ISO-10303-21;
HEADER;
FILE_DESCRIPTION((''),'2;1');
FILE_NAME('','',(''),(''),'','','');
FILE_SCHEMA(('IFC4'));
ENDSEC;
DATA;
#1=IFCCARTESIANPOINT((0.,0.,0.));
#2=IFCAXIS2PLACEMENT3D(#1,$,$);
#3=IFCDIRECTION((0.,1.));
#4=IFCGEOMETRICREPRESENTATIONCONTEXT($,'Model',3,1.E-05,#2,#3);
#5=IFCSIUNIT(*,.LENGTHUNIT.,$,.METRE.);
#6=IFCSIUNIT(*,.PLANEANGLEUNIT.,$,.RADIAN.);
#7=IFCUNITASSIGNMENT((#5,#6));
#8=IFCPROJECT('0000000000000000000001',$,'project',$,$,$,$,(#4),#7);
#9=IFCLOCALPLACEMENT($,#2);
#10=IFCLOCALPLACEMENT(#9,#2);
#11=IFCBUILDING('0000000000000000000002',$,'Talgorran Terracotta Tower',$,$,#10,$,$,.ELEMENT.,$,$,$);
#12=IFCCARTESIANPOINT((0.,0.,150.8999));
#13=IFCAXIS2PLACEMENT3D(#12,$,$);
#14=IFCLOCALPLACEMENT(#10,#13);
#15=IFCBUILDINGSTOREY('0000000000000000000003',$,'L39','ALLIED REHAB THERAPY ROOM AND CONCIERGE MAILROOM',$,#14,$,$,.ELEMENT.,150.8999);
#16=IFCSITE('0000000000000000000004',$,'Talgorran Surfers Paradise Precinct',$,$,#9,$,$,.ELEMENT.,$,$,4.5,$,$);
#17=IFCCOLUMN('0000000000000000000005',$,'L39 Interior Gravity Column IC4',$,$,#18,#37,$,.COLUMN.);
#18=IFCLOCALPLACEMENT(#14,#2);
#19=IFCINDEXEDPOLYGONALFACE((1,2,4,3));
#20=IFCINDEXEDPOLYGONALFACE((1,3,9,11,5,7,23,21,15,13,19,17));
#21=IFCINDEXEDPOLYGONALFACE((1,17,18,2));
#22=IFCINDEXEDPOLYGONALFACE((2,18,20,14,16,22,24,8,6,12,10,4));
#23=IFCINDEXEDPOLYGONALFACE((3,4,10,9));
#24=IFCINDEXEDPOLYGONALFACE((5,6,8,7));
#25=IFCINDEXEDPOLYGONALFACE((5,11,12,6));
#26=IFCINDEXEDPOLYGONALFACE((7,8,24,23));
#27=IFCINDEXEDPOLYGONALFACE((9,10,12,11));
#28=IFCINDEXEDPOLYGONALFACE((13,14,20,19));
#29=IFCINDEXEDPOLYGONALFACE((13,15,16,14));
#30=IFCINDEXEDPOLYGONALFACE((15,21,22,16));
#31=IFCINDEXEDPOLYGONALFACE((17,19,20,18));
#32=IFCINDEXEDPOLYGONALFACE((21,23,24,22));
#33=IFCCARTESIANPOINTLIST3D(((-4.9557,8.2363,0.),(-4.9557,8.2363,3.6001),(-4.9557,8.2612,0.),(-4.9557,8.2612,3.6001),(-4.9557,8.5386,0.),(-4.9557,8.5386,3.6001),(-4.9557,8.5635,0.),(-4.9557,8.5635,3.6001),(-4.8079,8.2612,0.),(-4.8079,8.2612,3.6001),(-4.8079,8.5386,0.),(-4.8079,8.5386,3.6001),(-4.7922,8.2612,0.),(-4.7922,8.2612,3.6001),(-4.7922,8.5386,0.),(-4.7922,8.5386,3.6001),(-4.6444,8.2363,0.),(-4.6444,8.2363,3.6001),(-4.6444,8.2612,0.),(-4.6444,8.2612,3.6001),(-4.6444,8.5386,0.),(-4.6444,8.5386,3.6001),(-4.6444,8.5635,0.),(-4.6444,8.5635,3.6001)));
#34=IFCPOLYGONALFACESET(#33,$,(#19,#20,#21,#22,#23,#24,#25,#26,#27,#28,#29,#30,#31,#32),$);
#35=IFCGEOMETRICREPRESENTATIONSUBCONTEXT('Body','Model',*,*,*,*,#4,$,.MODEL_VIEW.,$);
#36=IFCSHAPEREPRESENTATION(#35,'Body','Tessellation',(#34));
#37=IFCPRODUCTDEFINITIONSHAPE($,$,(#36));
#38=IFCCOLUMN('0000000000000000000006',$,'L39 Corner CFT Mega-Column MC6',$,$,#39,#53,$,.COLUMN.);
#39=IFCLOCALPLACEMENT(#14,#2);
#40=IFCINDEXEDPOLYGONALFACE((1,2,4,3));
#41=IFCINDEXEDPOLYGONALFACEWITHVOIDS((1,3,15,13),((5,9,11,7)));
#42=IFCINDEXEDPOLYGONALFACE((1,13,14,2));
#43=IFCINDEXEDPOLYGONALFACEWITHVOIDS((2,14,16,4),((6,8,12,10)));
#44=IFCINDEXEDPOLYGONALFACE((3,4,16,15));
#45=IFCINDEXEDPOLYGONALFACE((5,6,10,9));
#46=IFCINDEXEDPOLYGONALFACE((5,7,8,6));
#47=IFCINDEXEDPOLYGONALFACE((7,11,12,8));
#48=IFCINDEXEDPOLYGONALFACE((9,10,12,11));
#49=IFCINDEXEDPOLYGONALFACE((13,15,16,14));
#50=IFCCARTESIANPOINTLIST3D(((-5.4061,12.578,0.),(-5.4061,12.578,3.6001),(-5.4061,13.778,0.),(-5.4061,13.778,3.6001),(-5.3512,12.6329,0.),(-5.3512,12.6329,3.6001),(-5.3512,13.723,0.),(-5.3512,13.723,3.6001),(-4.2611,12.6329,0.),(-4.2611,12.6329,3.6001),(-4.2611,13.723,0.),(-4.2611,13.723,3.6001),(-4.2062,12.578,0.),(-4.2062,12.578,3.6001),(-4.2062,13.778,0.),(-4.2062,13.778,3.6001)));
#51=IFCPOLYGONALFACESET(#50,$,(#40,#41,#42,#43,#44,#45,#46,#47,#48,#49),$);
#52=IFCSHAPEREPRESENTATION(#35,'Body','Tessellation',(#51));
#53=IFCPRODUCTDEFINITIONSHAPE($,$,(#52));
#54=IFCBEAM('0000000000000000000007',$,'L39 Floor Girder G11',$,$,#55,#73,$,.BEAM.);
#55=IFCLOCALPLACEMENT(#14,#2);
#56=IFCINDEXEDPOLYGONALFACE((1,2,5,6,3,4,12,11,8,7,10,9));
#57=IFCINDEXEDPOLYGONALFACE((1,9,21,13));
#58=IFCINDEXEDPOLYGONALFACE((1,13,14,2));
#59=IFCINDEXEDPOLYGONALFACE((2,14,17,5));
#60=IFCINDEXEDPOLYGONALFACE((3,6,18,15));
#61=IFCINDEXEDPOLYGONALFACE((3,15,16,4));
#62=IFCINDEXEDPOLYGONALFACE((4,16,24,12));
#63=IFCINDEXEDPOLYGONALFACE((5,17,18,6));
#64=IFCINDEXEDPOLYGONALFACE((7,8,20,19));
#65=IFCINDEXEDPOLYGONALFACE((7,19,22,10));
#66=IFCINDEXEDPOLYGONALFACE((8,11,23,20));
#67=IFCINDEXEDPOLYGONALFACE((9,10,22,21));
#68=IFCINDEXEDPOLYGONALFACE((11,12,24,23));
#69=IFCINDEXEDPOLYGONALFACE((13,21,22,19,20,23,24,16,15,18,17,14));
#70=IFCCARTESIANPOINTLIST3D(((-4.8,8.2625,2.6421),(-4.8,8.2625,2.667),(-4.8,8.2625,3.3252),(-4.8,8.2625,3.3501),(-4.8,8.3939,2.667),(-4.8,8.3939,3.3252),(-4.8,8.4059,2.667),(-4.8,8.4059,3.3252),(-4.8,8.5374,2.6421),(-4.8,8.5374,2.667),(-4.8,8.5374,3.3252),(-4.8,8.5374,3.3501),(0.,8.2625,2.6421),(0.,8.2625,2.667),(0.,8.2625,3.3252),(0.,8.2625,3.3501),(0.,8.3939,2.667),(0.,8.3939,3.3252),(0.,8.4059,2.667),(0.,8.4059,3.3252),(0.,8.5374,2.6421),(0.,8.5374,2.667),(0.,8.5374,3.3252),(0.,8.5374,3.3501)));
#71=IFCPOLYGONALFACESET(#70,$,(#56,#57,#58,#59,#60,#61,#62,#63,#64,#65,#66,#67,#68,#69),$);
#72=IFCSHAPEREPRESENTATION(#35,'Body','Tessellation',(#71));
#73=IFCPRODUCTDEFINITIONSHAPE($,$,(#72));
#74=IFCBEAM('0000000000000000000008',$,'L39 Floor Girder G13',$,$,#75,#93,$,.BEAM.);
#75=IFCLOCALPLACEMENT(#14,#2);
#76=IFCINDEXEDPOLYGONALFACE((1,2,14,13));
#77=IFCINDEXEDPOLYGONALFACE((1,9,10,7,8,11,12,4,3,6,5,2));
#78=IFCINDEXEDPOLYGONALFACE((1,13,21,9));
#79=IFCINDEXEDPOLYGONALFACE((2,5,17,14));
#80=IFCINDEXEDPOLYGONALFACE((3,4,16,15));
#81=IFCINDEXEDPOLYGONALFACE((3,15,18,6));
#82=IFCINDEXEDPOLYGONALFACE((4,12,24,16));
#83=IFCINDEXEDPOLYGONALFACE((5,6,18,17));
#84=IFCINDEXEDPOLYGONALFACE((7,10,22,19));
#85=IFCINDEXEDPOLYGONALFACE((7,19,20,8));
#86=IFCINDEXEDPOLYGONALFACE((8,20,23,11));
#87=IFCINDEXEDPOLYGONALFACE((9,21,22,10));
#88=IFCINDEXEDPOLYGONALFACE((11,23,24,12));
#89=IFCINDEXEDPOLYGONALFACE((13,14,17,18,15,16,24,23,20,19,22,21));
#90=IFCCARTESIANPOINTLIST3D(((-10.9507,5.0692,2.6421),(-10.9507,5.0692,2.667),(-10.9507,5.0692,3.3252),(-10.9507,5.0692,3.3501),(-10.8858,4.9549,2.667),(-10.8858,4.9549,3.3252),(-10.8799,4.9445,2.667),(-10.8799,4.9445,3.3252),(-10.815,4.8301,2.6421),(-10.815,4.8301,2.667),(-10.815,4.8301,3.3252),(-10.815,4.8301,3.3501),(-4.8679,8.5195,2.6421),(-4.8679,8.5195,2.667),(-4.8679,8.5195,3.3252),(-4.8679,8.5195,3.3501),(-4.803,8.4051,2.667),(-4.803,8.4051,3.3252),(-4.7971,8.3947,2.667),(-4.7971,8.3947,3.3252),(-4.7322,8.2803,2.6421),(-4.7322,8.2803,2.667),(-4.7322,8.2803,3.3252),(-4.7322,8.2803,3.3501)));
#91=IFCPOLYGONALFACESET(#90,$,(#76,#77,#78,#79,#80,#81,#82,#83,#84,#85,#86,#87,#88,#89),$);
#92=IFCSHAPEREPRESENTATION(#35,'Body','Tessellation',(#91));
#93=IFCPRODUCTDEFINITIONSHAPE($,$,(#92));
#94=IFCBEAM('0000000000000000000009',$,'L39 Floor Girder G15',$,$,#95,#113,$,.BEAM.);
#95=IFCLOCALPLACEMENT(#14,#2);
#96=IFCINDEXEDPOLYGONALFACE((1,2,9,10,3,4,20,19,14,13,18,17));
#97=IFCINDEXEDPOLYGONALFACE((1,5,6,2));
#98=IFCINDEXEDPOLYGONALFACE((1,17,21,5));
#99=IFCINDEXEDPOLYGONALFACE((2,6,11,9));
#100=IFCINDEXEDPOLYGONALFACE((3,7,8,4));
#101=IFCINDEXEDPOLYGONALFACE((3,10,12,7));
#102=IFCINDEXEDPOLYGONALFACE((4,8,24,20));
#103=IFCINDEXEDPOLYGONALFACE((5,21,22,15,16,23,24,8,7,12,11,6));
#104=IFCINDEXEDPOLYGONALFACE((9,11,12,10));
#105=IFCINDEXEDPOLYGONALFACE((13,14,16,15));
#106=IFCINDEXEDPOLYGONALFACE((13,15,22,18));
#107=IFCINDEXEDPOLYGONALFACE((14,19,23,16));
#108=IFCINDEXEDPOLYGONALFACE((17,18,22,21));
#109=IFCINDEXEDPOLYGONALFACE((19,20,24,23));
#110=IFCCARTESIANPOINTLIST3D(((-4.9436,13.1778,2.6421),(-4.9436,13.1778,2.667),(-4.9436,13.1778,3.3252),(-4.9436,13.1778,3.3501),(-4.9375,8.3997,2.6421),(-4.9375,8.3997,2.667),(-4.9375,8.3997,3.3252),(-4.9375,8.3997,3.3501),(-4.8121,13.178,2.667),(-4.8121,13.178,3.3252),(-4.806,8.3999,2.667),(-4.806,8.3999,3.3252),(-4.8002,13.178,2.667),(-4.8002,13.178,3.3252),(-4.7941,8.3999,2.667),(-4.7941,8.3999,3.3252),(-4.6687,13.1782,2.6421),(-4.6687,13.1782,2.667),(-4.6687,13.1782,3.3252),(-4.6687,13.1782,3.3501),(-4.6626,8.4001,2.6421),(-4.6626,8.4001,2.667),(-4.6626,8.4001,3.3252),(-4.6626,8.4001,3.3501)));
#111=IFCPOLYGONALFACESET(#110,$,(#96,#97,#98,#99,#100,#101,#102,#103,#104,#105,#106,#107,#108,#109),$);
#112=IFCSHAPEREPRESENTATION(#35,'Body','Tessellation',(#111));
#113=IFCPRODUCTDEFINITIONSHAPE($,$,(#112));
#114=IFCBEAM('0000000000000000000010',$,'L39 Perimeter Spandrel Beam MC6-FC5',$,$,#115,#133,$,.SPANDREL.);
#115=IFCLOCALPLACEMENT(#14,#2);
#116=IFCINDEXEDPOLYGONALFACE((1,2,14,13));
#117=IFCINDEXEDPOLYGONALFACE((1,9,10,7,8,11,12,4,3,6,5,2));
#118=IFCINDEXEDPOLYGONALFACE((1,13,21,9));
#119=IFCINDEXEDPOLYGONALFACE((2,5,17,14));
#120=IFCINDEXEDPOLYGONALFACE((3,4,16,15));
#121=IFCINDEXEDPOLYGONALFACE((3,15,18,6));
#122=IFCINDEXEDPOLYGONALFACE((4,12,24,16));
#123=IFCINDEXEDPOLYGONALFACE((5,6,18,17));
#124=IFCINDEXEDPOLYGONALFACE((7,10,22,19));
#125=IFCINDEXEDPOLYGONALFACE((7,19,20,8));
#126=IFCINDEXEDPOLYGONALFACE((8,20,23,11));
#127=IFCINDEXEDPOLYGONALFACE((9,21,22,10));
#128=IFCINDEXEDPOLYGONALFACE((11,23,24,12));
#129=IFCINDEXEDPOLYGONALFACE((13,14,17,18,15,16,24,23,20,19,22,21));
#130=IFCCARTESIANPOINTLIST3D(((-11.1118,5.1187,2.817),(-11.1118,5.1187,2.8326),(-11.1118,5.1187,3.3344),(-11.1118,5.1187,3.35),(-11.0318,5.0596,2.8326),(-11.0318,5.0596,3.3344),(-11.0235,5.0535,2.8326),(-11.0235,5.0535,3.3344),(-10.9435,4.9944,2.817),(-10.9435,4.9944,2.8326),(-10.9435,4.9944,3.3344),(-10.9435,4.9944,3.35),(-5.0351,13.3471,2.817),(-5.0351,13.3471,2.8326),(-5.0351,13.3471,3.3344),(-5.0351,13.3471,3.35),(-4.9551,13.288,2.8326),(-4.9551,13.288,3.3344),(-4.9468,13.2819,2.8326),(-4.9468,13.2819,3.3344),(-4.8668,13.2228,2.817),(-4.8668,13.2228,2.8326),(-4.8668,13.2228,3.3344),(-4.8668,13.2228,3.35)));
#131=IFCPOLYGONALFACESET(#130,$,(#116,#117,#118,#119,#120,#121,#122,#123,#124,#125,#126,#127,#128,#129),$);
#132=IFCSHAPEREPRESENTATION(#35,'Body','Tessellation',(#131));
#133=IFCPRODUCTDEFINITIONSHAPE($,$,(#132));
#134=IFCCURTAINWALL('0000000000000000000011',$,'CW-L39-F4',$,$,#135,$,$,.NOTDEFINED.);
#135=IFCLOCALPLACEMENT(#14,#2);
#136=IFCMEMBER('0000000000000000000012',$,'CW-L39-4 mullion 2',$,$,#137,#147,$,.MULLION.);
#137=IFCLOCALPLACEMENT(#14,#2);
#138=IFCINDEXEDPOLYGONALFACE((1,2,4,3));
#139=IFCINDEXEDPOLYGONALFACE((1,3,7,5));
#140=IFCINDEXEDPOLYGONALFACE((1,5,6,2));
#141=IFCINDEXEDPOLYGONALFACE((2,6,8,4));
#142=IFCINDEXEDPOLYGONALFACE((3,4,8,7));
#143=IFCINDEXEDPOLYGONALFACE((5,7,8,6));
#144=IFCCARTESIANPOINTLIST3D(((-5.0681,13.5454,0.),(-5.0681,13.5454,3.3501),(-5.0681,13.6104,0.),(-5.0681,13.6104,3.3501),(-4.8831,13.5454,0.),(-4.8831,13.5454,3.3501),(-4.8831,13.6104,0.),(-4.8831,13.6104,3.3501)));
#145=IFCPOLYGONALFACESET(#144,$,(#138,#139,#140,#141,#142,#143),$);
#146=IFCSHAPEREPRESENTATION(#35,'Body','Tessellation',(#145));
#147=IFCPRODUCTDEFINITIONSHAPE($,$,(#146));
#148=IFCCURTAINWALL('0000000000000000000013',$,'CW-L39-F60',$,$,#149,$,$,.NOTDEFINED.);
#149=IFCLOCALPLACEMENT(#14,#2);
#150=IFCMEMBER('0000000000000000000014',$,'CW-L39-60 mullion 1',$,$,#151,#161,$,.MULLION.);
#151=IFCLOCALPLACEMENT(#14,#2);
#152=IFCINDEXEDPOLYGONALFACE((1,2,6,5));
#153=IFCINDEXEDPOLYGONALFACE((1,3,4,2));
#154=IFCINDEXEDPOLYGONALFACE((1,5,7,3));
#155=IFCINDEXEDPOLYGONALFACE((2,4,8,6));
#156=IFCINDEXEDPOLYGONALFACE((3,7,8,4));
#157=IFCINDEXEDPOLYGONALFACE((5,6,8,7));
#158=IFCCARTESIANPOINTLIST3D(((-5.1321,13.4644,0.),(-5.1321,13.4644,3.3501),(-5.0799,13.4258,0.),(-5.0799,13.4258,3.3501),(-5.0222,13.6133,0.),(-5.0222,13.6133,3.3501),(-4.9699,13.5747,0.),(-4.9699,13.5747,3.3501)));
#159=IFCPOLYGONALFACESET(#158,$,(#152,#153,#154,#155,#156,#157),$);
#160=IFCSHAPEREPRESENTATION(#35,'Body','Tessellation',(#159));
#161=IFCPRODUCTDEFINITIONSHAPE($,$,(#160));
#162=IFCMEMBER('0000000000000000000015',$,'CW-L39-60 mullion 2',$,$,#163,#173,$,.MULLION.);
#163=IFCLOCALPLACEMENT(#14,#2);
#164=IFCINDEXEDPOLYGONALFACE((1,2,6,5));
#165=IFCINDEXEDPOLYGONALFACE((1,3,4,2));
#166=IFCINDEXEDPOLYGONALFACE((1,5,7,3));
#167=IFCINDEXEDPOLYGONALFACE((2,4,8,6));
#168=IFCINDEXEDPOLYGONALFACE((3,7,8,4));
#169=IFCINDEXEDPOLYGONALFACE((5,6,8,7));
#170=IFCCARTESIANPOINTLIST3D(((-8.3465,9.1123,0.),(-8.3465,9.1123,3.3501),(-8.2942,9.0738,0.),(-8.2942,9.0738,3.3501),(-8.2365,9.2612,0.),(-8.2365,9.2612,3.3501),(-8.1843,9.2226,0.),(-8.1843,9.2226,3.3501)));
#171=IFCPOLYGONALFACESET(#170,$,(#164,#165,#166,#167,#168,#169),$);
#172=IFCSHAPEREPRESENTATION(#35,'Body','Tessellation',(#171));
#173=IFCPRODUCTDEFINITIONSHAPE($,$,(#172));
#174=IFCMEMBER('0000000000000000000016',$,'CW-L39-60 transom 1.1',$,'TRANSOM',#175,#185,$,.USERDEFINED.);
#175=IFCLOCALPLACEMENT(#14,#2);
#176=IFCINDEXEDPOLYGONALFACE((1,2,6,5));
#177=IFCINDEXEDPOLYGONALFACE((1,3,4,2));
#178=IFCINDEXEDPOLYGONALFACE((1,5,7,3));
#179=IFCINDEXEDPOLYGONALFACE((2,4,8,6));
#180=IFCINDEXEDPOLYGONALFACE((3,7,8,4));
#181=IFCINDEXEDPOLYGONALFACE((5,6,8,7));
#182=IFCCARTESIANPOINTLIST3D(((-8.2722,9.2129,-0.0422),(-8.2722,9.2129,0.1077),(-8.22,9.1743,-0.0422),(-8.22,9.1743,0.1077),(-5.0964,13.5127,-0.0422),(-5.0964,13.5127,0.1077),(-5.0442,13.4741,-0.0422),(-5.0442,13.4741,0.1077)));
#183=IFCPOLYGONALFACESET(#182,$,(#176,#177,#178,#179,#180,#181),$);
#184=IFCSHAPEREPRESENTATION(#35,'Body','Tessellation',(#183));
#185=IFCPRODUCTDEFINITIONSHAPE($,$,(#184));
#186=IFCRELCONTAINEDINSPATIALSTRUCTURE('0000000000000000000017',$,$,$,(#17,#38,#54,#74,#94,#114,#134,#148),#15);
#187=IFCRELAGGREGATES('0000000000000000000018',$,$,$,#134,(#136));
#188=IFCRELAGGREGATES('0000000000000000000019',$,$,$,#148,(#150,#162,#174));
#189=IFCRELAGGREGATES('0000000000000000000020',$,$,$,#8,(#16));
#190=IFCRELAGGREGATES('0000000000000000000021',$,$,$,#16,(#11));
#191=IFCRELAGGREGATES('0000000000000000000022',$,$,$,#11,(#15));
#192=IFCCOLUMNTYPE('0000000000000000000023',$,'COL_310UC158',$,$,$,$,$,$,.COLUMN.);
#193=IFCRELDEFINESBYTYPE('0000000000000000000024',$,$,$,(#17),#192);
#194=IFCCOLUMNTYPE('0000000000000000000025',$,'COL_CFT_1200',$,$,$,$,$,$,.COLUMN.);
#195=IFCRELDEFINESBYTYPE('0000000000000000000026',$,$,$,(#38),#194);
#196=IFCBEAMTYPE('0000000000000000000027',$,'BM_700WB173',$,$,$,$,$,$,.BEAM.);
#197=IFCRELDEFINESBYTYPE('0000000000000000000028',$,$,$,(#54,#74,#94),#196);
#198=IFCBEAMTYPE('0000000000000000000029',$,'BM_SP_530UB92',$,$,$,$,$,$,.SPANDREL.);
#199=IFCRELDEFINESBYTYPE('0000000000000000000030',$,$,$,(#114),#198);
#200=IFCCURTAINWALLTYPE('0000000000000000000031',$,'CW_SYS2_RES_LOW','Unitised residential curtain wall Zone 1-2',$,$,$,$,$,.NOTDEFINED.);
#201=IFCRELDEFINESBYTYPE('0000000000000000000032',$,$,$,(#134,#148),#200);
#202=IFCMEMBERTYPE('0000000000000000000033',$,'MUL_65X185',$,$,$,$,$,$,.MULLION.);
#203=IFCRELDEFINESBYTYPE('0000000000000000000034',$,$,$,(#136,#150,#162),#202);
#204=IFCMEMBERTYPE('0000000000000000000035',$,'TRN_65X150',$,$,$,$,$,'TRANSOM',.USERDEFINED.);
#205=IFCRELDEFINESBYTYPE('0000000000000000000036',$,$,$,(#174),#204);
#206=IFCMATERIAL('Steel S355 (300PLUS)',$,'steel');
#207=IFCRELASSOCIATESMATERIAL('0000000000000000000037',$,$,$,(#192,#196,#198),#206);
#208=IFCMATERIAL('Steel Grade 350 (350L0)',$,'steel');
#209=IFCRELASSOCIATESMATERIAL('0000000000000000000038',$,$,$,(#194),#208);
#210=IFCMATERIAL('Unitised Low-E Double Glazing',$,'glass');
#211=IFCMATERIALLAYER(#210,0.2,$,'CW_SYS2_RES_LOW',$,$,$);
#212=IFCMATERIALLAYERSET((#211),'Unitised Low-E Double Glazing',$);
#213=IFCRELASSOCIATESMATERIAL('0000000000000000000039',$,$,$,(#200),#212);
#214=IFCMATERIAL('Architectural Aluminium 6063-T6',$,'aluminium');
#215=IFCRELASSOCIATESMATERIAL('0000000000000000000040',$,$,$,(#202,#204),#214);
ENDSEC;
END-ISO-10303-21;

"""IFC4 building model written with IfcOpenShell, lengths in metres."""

from ifc_helpers import new_model, si_unit, direction, frame, origin, origin_2d, place, context, subcontext, project, spatial, rectangle, hollow_rectangle, i_section, extrude, material, layer, layer_set, material_profile, profile_set, type_object, element, aggregate, save


model = new_model("IFC4")

# Units and contexts
model_context = context("Model", 3, precision=1e-05, world=origin(), true_north=direction((0.0, 1.0)))
body_context = subcontext(model_context, "Body", "Model", "MODEL_VIEW")
ifc_project = project(units=[si_unit("LENGTHUNIT", "METRE"), si_unit("PLANEANGLEUNIT", "RADIAN")], contexts=[model_context])

# Site, building, storey
site_placement = place(None, origin())
site = spatial("IfcSite", under=ifc_project, at=site_placement, Name="Talgorran Surfers Paradise Precinct", CompositionType="ELEMENT", RefElevation=4.5)
building_placement = place(site_placement, origin())
building = spatial("IfcBuilding", under=site, at=building_placement, Name="Talgorran Terracotta Tower", CompositionType="ELEMENT")
storey_placement = place(building_placement, frame((0.0, 0.0, 150.8999)))
storey = spatial("IfcBuildingStorey", under=building, at=storey_placement, Name="L39", Description="ALLIED REHAB THERAPY ROOM AND CONCIERGE MAILROOM", CompositionType="ELEMENT", Elevation=150.8999)

# Columns
ifc_material_1 = material(Name="Steel S355 (300PLUS)", Category="steel")
ifc_material_profile_1 = material_profile(ifc_material_1, i_section(OverallWidth=0.3113, OverallDepth=0.3271, WebThickness=0.0156, FlangeThickness=0.0249, at=origin_2d()), Name="310UC158")
ifc_profile_set_1 = profile_set([ifc_material_profile_1], Name="Steel S355 (300PLUS)")
column_type_1 = type_object("IfcColumnType", Name="COL_310UC158", PredefinedType="COLUMN", material=ifc_profile_set_1)
column_1_placement = place(storey_placement, frame((-4.8, 8.3999, 0.0), z_axis=(0.0, 0.0, 1.0), x_axis=(1.0, 0.0, 0.0)))
element("IfcColumn", 1, at=column_1_placement, inside=storey, type_object=column_type_1, Name="L39 Interior Gravity Column IC4", PredefinedType="COLUMN", context=body_context, shape_type="SweptSolid", body=[
    extrude(i_section(OverallWidth=0.3113, OverallDepth=0.3271, WebThickness=0.0156, FlangeThickness=0.0249, at=origin_2d()), origin(), (0.0, 0.0, 1.0), 3.6001),
])
ifc_material_2 = material(Name="Steel Grade 350 (350L0)", Category="steel")
ifc_material_profile_2 = material_profile(ifc_material_2, hollow_rectangle(XDim=1.2, YDim=1.2, WallThickness=0.0549, at=origin_2d()), Name="CFT1200X1200X55")
ifc_profile_set_2 = profile_set([ifc_material_profile_2], Name="Steel Grade 350 (350L0)")
column_type_2 = type_object("IfcColumnType", Name="COL_CFT_1200", PredefinedType="COLUMN", material=ifc_profile_set_2)
column_2_placement = place(storey_placement, frame((-4.8062, 13.178, 0.0), z_axis=(0.0, 0.0, 1.0), x_axis=(1.0, 0.0, 0.0)))
element("IfcColumn", 2, at=column_2_placement, inside=storey, type_object=column_type_2, Name="L39 Corner CFT Mega-Column MC6", PredefinedType="COLUMN", context=body_context, shape_type="SweptSolid", body=[
    extrude(hollow_rectangle(XDim=1.2, YDim=1.2, WallThickness=0.0549, at=origin_2d()), origin(), (0.0, 0.0, 1.0), 3.6001),
])

# Beams
ifc_material_profile_3 = material_profile(ifc_material_1, i_section(OverallWidth=0.2749, OverallDepth=0.708, WebThickness=0.012, FlangeThickness=0.0249, at=origin_2d()), Name="700WB173")
ifc_profile_set_3 = profile_set([ifc_material_profile_3], Name="Steel S355 (300PLUS)")
beam_type_1 = type_object("IfcBeamType", Name="BM_700WB173", PredefinedType="BEAM", material=ifc_profile_set_3)
beam_1_placement = place(storey_placement, frame((-4.8, 8.3999, 2.9961), z_axis=(1.0, 0.0, 0.0), x_axis=(0.0, 1.0, 0.0)))
element("IfcBeam", 3, at=beam_1_placement, inside=storey, type_object=beam_type_1, Name="L39 Floor Girder G11", PredefinedType="BEAM", context=body_context, shape_type="SweptSolid", body=[
    extrude(i_section(OverallWidth=0.2749, OverallDepth=0.708, WebThickness=0.012, FlangeThickness=0.0249, at=origin_2d()), origin(), (0.0, 0.0, 1.0), 4.8),
])
beam_2_placement = place(storey_placement, frame((-4.8, 8.3999, 2.9961), z_axis=(-0.86982, -0.493369, 0.0), x_axis=(0.493369, -0.86982, 0.0)))
element("IfcBeam", 4, at=beam_2_placement, inside=storey, type_object=beam_type_1, Name="L39 Floor Girder G13", PredefinedType="BEAM", context=body_context, shape_type="SweptSolid", body=[
    extrude(i_section(OverallWidth=0.2749, OverallDepth=0.708, WebThickness=0.012, FlangeThickness=0.0249, at=origin_2d()), origin(), (0.0, 0.0, 1.0), 6.9932),
])
beam_3_placement = place(storey_placement, frame((-4.8, 8.3999, 2.9961), z_axis=(-0.001277, 0.999999, 0.0), x_axis=(-0.999999, -0.001277, 0.0)))
element("IfcBeam", 5, at=beam_3_placement, inside=storey, type_object=beam_type_1, Name="L39 Floor Girder G15", PredefinedType="BEAM", context=body_context, shape_type="SweptSolid", body=[
    extrude(i_section(OverallWidth=0.2749, OverallDepth=0.708, WebThickness=0.012, FlangeThickness=0.0249, at=origin_2d()), origin(), (0.0, 0.0, 1.0), 4.7781),
])
ifc_material_profile_4 = material_profile(ifc_material_1, i_section(OverallWidth=0.2092, OverallDepth=0.533, WebThickness=0.0103, FlangeThickness=0.0156, at=origin_2d()), Name="530UB92.4")
ifc_profile_set_4 = profile_set([ifc_material_profile_4], Name="Steel S355 (300PLUS)")
beam_type_2 = type_object("IfcBeamType", Name="BM_SP_530UB92", PredefinedType="SPANDREL", material=ifc_profile_set_4)
beam_4_placement = place(storey_placement, frame((-4.9509, 13.2849, 3.0835), z_axis=(-0.594068, -0.804415, 0.0), x_axis=(0.804415, -0.594068, 0.0)))
element("IfcBeam", 6, at=beam_4_placement, inside=storey, type_object=beam_type_2, Name="L39 Perimeter Spandrel Beam MC6-FC5", PredefinedType="SPANDREL", context=body_context, shape_type="SweptSolid", body=[
    extrude(i_section(OverallWidth=0.2092, OverallDepth=0.533, WebThickness=0.0103, FlangeThickness=0.0156, at=origin_2d()), origin(), (0.0, 0.0, 1.0), 10.229),
])

# Curtain wall, member
ifc_material_3 = material(Name="Unitised Low-E Double Glazing", Category="glass")
ifc_layer_1 = layer(ifc_material_3, 0.2, Name="CW_SYS2_RES_LOW")
ifc_layer_set_1 = layer_set([ifc_layer_1], Name="Unitised Low-E Double Glazing")
curtain_wall_type = type_object("IfcCurtainWallType", Name="CW_SYS2_RES_LOW", Description="Unitised residential curtain wall Zone 1-2", PredefinedType="NOTDEFINED", material=ifc_layer_set_1)
curtain_wall_1_placement = place(storey_placement, origin())
curtain_wall_1 = element("IfcCurtainWall", 7, at=curtain_wall_1_placement, inside=storey, type_object=curtain_wall_type, Name="CW-L39-F4", PredefinedType="NOTDEFINED")
ifc_material_4 = material(Name="Architectural Aluminium 6063-T6", Category="aluminium")
ifc_material_profile_5 = material_profile(ifc_material_4, rectangle(XDim=0.0649, YDim=0.1851, at=origin_2d()), Name="CWM65X185")
ifc_profile_set_5 = profile_set([ifc_material_profile_5], Name="Architectural Aluminium 6063-T6")
member_type_1 = type_object("IfcMemberType", Name="MUL_65X185", PredefinedType="MULLION", material=ifc_profile_set_5)
member_1_placement = place(storey_placement, frame((-4.9756, 13.5779, 0.0), z_axis=(0.0, 0.0, 1.0), x_axis=(0.0, -1.0, 0.0)))
member_1 = element("IfcMember", 8, at=member_1_placement, type_object=member_type_1, Name="CW-L39-4 mullion 2", PredefinedType="MULLION", context=body_context, shape_type="SweptSolid", body=[
    extrude(rectangle(XDim=0.0649, YDim=0.1851, at=origin_2d()), origin(), (0.0, 0.0, 1.0), 3.3501),
])
aggregate(curtain_wall_1, [member_1])

# Curtain wall, members
curtain_wall_2_placement = place(storey_placement, origin())
curtain_wall_2 = element("IfcCurtainWall", 9, at=curtain_wall_2_placement, inside=storey, type_object=curtain_wall_type, Name="CW-L39-F60", PredefinedType="NOTDEFINED")
member_2_placement = place(storey_placement, frame((-5.051, 13.5195, 0.0), z_axis=(0.0, 0.0, 1.0), x_axis=(0.804405, -0.594081, 0.0)))
member_2 = element("IfcMember", 10, at=member_2_placement, type_object=member_type_1, Name="CW-L39-60 mullion 1", PredefinedType="MULLION", context=body_context, shape_type="SweptSolid", body=[
    extrude(rectangle(XDim=0.0649, YDim=0.1851, at=origin_2d()), origin(), (0.0, 0.0, 1.0), 3.3501),
])
member_3_placement = place(storey_placement, frame((-8.2654, 9.1675, 0.0), z_axis=(0.0, 0.0, 1.0), x_axis=(0.804405, -0.594081, 0.0)))
member_3 = element("IfcMember", 11, at=member_3_placement, type_object=member_type_1, Name="CW-L39-60 mullion 2", PredefinedType="MULLION", context=body_context, shape_type="SweptSolid", body=[
    extrude(rectangle(XDim=0.0649, YDim=0.1851, at=origin_2d()), origin(), (0.0, 0.0, 1.0), 3.3501),
])
ifc_material_profile_6 = material_profile(ifc_material_4, rectangle(XDim=0.0649, YDim=0.1499, at=origin_2d()), Name="CWT65X150")
ifc_profile_set_6 = profile_set([ifc_material_profile_6], Name="Architectural Aluminium 6063-T6")
member_type_2 = type_object("IfcMemberType", Name="TRN_65X150", ElementType="TRANSOM", PredefinedType="USERDEFINED", material=ifc_profile_set_6)
member_4_placement = place(storey_placement, frame((-5.0703, 13.4934, 0.0327), z_axis=(-0.594109, -0.804385, 0.0), x_axis=(0.804385, -0.594109, 0.0)))
member_4 = element("IfcMember", 12, at=member_4_placement, type_object=member_type_2, Name="CW-L39-60 transom 1.1", ObjectType="TRANSOM", PredefinedType="USERDEFINED", context=body_context, shape_type="SweptSolid", body=[
    extrude(rectangle(XDim=0.0649, YDim=0.1499, at=origin_2d()), origin(), (0.0, 0.0, 1.0), 5.3455),
])
aggregate(curtain_wall_2, [member_2, member_3, member_4])

save(model, "model.ifc")
